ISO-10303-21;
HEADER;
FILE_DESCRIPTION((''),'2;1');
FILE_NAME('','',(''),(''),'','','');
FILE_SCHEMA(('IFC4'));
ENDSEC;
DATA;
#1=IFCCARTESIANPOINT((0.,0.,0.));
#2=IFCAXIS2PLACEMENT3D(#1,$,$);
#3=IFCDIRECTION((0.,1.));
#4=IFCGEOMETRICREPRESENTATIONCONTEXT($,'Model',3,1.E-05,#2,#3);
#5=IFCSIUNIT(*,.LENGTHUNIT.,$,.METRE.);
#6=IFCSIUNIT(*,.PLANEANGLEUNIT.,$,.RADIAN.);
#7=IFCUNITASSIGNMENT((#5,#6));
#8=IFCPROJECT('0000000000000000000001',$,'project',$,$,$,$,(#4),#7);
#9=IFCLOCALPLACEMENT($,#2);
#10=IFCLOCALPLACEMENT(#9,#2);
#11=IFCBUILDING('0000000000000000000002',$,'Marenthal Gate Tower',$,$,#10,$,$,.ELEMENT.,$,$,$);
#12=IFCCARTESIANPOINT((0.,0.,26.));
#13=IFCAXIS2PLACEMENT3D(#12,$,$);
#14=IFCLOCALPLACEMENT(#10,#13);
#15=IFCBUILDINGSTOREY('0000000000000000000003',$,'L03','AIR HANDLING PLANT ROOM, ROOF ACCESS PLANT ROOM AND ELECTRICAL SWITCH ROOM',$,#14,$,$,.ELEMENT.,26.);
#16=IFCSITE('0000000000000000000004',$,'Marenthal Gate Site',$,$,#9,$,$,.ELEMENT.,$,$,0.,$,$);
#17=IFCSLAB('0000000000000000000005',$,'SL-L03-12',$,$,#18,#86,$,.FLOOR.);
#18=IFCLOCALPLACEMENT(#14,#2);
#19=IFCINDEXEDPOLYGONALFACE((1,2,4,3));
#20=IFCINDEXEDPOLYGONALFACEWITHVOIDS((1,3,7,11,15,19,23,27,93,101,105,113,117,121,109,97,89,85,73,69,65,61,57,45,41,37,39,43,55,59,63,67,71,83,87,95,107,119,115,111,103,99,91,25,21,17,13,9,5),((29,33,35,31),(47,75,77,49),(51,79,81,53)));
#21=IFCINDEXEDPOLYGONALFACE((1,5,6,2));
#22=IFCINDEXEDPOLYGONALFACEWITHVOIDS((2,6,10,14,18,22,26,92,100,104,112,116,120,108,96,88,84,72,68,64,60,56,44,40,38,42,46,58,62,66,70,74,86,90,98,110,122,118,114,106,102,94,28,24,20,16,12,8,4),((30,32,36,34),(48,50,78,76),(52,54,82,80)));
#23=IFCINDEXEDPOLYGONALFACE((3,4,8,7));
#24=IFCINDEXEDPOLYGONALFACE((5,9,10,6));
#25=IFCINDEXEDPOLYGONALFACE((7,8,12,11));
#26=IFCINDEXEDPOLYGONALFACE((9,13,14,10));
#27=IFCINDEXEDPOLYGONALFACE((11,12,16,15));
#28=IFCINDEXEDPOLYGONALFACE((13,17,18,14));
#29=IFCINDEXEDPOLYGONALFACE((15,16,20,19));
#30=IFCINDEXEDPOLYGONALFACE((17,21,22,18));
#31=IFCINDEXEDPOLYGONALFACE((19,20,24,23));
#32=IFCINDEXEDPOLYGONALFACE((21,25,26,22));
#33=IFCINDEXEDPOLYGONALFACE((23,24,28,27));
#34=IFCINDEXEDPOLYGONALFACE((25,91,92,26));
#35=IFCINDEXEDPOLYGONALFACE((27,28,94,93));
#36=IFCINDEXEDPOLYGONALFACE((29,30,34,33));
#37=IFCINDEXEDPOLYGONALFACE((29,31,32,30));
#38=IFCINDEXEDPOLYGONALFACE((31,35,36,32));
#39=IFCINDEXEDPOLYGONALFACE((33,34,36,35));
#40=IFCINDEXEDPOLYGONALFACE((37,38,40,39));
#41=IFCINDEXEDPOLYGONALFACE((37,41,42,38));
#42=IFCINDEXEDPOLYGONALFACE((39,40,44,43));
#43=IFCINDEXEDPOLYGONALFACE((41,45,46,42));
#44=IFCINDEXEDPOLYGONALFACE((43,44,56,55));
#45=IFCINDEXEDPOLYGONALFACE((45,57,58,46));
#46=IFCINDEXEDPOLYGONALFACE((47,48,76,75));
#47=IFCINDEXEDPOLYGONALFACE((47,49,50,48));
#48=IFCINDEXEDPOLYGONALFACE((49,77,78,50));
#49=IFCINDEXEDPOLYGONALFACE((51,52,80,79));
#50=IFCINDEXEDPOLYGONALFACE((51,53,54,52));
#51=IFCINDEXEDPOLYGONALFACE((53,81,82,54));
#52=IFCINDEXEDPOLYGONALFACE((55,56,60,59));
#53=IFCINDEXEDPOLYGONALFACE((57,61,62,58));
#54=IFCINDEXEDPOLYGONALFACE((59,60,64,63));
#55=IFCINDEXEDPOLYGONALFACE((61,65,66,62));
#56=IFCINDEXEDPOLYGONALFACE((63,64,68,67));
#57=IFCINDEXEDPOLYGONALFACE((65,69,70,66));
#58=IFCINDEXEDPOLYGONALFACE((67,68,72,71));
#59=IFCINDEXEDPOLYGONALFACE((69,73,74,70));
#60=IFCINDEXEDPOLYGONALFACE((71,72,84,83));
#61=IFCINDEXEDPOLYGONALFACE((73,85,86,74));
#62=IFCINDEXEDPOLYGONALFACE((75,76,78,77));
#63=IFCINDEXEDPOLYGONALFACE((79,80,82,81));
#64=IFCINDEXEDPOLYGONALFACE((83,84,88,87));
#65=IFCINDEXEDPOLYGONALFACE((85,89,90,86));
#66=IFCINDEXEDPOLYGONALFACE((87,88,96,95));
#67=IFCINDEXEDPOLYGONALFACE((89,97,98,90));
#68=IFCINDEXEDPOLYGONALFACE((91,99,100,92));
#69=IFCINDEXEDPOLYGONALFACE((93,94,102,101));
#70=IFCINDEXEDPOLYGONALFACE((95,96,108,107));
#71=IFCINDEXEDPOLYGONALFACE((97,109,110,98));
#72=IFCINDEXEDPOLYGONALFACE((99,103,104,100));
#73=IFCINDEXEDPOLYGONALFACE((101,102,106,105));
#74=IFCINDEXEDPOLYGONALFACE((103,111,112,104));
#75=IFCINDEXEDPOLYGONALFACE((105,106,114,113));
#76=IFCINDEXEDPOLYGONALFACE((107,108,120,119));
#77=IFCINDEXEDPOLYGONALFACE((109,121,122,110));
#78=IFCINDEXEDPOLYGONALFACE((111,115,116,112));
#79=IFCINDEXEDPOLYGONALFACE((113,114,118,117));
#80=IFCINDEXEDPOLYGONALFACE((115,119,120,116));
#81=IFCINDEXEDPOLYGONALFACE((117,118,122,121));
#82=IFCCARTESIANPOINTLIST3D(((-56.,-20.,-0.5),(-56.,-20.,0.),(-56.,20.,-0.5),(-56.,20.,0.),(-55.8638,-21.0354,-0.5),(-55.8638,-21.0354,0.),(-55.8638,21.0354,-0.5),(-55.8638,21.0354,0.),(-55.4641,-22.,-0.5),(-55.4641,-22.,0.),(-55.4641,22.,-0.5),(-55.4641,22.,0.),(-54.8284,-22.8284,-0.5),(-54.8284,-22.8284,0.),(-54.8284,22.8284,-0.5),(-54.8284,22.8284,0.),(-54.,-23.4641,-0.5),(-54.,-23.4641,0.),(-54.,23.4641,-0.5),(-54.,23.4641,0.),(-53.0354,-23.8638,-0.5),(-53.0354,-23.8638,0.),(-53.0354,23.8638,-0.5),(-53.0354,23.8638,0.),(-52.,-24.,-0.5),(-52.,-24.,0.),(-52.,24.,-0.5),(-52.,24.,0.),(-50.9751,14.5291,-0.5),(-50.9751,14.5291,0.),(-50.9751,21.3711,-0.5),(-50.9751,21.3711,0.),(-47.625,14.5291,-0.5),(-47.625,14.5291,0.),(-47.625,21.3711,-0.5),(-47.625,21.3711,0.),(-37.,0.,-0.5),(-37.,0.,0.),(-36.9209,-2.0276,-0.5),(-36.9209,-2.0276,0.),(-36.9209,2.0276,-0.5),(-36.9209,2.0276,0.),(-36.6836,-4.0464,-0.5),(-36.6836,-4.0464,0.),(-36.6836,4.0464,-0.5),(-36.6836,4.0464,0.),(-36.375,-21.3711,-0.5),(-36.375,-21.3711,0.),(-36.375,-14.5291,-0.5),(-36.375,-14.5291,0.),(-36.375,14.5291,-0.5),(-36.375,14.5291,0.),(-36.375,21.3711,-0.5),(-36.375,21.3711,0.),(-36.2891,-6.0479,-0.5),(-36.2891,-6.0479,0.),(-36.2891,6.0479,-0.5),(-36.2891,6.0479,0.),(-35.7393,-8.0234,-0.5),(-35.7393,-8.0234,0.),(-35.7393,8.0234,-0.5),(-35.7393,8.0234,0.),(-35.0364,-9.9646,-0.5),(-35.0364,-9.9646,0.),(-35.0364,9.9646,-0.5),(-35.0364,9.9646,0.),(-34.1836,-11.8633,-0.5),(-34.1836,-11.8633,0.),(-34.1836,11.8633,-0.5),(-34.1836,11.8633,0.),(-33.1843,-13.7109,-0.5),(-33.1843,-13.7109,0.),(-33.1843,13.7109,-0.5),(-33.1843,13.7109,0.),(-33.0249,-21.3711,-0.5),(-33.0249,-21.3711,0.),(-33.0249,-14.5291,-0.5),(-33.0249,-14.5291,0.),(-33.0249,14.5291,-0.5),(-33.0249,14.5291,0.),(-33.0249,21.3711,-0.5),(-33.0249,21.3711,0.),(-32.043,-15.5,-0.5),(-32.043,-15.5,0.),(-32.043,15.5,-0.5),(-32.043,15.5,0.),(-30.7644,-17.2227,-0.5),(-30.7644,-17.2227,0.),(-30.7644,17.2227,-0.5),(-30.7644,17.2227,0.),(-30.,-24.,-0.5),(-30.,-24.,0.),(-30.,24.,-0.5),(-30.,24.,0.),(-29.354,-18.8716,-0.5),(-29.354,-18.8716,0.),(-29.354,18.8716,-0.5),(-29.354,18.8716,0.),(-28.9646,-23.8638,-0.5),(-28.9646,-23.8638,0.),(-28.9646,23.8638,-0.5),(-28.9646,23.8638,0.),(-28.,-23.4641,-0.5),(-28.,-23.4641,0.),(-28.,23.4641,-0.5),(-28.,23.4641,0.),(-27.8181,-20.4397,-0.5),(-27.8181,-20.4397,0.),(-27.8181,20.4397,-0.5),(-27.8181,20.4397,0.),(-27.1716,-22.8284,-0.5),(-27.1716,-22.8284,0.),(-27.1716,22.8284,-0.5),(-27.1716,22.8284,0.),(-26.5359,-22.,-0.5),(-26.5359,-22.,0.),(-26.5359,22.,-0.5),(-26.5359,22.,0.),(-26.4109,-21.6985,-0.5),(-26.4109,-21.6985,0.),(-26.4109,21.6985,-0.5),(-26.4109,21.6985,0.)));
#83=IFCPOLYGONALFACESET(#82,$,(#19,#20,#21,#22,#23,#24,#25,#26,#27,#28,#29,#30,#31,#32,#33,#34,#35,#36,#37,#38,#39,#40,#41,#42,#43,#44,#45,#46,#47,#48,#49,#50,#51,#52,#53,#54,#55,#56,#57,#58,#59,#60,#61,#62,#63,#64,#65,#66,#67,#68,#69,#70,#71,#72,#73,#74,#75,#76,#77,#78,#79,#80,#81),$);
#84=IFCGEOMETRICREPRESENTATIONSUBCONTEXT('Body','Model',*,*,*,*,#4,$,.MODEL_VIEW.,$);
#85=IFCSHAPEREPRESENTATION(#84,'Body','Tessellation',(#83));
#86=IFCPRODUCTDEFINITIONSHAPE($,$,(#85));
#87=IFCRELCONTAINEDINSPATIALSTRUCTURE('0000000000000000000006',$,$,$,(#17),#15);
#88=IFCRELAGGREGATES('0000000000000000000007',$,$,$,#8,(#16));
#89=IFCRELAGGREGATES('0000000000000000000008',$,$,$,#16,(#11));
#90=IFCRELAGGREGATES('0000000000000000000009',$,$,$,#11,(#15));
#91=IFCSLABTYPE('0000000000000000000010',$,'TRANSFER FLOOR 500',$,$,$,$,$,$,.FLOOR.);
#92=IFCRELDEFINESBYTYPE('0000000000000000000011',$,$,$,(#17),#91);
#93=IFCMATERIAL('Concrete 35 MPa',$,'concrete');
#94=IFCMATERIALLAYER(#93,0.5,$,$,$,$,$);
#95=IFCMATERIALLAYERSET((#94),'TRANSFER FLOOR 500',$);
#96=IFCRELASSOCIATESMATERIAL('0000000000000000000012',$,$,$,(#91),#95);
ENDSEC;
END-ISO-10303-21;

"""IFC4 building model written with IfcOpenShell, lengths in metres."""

from ifc_helpers import new_model, si_unit, direction, frame, origin, place, context, subcontext, project, spatial, polyline, outline, extrude, material, layer, layer_set, type_object, element, save


model = new_model("IFC4")

# Units and contexts
model_context = context("Model", 3, precision=1e-05, world=origin(), true_north=direction((0.0, 1.0)))
body_context = subcontext(model_context, "Body", "Model", "MODEL_VIEW")
ifc_project = project(units=[si_unit("LENGTHUNIT", "METRE"), si_unit("PLANEANGLEUNIT", "RADIAN")], contexts=[model_context])

# Site, building, storey
site_placement = place(None, origin())
site = spatial("IfcSite", under=ifc_project, at=site_placement, Name="Marenthal Gate Site", CompositionType="ELEMENT", RefElevation=0.0)
building_placement = place(site_placement, origin())
building = spatial("IfcBuilding", under=site, at=building_placement, Name="Marenthal Gate Tower", CompositionType="ELEMENT")
storey_placement = place(building_placement, frame((0.0, 0.0, 26.0)))
storey = spatial("IfcBuildingStorey", under=building, at=storey_placement, Name="L03", Description="AIR HANDLING PLANT ROOM, ROOF ACCESS PLANT ROOM AND ELECTRICAL SWITCH ROOM", CompositionType="ELEMENT", Elevation=26.0)

# Slab
ifc_material_1 = material(Name="Concrete 35 MPa", Category="concrete")
ifc_layer_1 = layer(ifc_material_1, 0.5)
ifc_layer_set_1 = layer_set([ifc_layer_1], Name="TRANSFER FLOOR 500")
slab_type_1 = type_object("IfcSlabType", Name="TRANSFER FLOOR 500", PredefinedType="FLOOR", material=ifc_layer_set_1)
slab_1_placement = place(storey_placement, frame((0.0, 0.0, -0.5)))
element("IfcSlab", 1, at=slab_1_placement, inside=storey, type_object=slab_type_1, Name="SL-L03-12", PredefinedType="FLOOR", context=body_context, shape_type="SweptSolid", body=[
    extrude(outline(polyline([(-28.0, -23.4641), (-28.9646, -23.8638), (-30.0, -24.0), (-52.0, -24.0), (-53.0354, -23.8638), (-54.0, -23.4641), (-54.8284, -22.8284), (-55.4641, -22.0), (-55.8638, -21.0354), (-56.0, -20.0), (-56.0, 20.0), (-55.8638, 21.0354), (-55.4641, 22.0), (-54.8284, 22.8284), (-54.0, 23.4641), (-53.0354, 23.8638), (-52.0, 24.0), (-30.0, 24.0), (-28.9646, 23.8638), (-28.0, 23.4641), (-27.1716, 22.8284), (-26.5359, 22.0), (-26.4109, 21.6985), (-27.8181, 20.4397), (-29.354, 18.8716), (-30.7644, 17.2227), (-32.043, 15.5), (-33.1843, 13.7109), (-34.1836, 11.8633), (-35.0364, 9.9646), (-35.7393, 8.0234), (-36.2891, 6.0479), (-36.6836, 4.0464), (-36.9209, 2.0276), (-37.0, 0.0), (-36.9209, -2.0276), (-36.6836, -4.0464), (-36.2891, -6.0479), (-35.7393, -8.0234), (-35.0364, -9.9646), (-34.1836, -11.8633), (-33.1843, -13.7109), (-32.043, -15.5), (-30.7644, -17.2227), (-29.354, -18.8716), (-27.8181, -20.4397), (-26.4109, -21.6985), (-26.5359, -22.0), (-27.1716, -22.8284), (-28.0, -23.4641)]), holes=[polyline([(-36.375, -14.5291), (-36.375, -21.3711), (-33.0249, -21.3711), (-33.0249, -14.5291), (-36.375, -14.5291)]), polyline([(-50.9751, 21.3711), (-50.9751, 14.5291), (-47.625, 14.5291), (-47.625, 21.3711), (-50.9751, 21.3711)]), polyline([(-36.375, 21.3711), (-36.375, 14.5291), (-33.0249, 14.5291), (-33.0249, 21.3711), (-36.375, 21.3711)])]), origin(), (0.0, 0.0, 1.0), 0.5),
])

save(model, "model.ifc")
